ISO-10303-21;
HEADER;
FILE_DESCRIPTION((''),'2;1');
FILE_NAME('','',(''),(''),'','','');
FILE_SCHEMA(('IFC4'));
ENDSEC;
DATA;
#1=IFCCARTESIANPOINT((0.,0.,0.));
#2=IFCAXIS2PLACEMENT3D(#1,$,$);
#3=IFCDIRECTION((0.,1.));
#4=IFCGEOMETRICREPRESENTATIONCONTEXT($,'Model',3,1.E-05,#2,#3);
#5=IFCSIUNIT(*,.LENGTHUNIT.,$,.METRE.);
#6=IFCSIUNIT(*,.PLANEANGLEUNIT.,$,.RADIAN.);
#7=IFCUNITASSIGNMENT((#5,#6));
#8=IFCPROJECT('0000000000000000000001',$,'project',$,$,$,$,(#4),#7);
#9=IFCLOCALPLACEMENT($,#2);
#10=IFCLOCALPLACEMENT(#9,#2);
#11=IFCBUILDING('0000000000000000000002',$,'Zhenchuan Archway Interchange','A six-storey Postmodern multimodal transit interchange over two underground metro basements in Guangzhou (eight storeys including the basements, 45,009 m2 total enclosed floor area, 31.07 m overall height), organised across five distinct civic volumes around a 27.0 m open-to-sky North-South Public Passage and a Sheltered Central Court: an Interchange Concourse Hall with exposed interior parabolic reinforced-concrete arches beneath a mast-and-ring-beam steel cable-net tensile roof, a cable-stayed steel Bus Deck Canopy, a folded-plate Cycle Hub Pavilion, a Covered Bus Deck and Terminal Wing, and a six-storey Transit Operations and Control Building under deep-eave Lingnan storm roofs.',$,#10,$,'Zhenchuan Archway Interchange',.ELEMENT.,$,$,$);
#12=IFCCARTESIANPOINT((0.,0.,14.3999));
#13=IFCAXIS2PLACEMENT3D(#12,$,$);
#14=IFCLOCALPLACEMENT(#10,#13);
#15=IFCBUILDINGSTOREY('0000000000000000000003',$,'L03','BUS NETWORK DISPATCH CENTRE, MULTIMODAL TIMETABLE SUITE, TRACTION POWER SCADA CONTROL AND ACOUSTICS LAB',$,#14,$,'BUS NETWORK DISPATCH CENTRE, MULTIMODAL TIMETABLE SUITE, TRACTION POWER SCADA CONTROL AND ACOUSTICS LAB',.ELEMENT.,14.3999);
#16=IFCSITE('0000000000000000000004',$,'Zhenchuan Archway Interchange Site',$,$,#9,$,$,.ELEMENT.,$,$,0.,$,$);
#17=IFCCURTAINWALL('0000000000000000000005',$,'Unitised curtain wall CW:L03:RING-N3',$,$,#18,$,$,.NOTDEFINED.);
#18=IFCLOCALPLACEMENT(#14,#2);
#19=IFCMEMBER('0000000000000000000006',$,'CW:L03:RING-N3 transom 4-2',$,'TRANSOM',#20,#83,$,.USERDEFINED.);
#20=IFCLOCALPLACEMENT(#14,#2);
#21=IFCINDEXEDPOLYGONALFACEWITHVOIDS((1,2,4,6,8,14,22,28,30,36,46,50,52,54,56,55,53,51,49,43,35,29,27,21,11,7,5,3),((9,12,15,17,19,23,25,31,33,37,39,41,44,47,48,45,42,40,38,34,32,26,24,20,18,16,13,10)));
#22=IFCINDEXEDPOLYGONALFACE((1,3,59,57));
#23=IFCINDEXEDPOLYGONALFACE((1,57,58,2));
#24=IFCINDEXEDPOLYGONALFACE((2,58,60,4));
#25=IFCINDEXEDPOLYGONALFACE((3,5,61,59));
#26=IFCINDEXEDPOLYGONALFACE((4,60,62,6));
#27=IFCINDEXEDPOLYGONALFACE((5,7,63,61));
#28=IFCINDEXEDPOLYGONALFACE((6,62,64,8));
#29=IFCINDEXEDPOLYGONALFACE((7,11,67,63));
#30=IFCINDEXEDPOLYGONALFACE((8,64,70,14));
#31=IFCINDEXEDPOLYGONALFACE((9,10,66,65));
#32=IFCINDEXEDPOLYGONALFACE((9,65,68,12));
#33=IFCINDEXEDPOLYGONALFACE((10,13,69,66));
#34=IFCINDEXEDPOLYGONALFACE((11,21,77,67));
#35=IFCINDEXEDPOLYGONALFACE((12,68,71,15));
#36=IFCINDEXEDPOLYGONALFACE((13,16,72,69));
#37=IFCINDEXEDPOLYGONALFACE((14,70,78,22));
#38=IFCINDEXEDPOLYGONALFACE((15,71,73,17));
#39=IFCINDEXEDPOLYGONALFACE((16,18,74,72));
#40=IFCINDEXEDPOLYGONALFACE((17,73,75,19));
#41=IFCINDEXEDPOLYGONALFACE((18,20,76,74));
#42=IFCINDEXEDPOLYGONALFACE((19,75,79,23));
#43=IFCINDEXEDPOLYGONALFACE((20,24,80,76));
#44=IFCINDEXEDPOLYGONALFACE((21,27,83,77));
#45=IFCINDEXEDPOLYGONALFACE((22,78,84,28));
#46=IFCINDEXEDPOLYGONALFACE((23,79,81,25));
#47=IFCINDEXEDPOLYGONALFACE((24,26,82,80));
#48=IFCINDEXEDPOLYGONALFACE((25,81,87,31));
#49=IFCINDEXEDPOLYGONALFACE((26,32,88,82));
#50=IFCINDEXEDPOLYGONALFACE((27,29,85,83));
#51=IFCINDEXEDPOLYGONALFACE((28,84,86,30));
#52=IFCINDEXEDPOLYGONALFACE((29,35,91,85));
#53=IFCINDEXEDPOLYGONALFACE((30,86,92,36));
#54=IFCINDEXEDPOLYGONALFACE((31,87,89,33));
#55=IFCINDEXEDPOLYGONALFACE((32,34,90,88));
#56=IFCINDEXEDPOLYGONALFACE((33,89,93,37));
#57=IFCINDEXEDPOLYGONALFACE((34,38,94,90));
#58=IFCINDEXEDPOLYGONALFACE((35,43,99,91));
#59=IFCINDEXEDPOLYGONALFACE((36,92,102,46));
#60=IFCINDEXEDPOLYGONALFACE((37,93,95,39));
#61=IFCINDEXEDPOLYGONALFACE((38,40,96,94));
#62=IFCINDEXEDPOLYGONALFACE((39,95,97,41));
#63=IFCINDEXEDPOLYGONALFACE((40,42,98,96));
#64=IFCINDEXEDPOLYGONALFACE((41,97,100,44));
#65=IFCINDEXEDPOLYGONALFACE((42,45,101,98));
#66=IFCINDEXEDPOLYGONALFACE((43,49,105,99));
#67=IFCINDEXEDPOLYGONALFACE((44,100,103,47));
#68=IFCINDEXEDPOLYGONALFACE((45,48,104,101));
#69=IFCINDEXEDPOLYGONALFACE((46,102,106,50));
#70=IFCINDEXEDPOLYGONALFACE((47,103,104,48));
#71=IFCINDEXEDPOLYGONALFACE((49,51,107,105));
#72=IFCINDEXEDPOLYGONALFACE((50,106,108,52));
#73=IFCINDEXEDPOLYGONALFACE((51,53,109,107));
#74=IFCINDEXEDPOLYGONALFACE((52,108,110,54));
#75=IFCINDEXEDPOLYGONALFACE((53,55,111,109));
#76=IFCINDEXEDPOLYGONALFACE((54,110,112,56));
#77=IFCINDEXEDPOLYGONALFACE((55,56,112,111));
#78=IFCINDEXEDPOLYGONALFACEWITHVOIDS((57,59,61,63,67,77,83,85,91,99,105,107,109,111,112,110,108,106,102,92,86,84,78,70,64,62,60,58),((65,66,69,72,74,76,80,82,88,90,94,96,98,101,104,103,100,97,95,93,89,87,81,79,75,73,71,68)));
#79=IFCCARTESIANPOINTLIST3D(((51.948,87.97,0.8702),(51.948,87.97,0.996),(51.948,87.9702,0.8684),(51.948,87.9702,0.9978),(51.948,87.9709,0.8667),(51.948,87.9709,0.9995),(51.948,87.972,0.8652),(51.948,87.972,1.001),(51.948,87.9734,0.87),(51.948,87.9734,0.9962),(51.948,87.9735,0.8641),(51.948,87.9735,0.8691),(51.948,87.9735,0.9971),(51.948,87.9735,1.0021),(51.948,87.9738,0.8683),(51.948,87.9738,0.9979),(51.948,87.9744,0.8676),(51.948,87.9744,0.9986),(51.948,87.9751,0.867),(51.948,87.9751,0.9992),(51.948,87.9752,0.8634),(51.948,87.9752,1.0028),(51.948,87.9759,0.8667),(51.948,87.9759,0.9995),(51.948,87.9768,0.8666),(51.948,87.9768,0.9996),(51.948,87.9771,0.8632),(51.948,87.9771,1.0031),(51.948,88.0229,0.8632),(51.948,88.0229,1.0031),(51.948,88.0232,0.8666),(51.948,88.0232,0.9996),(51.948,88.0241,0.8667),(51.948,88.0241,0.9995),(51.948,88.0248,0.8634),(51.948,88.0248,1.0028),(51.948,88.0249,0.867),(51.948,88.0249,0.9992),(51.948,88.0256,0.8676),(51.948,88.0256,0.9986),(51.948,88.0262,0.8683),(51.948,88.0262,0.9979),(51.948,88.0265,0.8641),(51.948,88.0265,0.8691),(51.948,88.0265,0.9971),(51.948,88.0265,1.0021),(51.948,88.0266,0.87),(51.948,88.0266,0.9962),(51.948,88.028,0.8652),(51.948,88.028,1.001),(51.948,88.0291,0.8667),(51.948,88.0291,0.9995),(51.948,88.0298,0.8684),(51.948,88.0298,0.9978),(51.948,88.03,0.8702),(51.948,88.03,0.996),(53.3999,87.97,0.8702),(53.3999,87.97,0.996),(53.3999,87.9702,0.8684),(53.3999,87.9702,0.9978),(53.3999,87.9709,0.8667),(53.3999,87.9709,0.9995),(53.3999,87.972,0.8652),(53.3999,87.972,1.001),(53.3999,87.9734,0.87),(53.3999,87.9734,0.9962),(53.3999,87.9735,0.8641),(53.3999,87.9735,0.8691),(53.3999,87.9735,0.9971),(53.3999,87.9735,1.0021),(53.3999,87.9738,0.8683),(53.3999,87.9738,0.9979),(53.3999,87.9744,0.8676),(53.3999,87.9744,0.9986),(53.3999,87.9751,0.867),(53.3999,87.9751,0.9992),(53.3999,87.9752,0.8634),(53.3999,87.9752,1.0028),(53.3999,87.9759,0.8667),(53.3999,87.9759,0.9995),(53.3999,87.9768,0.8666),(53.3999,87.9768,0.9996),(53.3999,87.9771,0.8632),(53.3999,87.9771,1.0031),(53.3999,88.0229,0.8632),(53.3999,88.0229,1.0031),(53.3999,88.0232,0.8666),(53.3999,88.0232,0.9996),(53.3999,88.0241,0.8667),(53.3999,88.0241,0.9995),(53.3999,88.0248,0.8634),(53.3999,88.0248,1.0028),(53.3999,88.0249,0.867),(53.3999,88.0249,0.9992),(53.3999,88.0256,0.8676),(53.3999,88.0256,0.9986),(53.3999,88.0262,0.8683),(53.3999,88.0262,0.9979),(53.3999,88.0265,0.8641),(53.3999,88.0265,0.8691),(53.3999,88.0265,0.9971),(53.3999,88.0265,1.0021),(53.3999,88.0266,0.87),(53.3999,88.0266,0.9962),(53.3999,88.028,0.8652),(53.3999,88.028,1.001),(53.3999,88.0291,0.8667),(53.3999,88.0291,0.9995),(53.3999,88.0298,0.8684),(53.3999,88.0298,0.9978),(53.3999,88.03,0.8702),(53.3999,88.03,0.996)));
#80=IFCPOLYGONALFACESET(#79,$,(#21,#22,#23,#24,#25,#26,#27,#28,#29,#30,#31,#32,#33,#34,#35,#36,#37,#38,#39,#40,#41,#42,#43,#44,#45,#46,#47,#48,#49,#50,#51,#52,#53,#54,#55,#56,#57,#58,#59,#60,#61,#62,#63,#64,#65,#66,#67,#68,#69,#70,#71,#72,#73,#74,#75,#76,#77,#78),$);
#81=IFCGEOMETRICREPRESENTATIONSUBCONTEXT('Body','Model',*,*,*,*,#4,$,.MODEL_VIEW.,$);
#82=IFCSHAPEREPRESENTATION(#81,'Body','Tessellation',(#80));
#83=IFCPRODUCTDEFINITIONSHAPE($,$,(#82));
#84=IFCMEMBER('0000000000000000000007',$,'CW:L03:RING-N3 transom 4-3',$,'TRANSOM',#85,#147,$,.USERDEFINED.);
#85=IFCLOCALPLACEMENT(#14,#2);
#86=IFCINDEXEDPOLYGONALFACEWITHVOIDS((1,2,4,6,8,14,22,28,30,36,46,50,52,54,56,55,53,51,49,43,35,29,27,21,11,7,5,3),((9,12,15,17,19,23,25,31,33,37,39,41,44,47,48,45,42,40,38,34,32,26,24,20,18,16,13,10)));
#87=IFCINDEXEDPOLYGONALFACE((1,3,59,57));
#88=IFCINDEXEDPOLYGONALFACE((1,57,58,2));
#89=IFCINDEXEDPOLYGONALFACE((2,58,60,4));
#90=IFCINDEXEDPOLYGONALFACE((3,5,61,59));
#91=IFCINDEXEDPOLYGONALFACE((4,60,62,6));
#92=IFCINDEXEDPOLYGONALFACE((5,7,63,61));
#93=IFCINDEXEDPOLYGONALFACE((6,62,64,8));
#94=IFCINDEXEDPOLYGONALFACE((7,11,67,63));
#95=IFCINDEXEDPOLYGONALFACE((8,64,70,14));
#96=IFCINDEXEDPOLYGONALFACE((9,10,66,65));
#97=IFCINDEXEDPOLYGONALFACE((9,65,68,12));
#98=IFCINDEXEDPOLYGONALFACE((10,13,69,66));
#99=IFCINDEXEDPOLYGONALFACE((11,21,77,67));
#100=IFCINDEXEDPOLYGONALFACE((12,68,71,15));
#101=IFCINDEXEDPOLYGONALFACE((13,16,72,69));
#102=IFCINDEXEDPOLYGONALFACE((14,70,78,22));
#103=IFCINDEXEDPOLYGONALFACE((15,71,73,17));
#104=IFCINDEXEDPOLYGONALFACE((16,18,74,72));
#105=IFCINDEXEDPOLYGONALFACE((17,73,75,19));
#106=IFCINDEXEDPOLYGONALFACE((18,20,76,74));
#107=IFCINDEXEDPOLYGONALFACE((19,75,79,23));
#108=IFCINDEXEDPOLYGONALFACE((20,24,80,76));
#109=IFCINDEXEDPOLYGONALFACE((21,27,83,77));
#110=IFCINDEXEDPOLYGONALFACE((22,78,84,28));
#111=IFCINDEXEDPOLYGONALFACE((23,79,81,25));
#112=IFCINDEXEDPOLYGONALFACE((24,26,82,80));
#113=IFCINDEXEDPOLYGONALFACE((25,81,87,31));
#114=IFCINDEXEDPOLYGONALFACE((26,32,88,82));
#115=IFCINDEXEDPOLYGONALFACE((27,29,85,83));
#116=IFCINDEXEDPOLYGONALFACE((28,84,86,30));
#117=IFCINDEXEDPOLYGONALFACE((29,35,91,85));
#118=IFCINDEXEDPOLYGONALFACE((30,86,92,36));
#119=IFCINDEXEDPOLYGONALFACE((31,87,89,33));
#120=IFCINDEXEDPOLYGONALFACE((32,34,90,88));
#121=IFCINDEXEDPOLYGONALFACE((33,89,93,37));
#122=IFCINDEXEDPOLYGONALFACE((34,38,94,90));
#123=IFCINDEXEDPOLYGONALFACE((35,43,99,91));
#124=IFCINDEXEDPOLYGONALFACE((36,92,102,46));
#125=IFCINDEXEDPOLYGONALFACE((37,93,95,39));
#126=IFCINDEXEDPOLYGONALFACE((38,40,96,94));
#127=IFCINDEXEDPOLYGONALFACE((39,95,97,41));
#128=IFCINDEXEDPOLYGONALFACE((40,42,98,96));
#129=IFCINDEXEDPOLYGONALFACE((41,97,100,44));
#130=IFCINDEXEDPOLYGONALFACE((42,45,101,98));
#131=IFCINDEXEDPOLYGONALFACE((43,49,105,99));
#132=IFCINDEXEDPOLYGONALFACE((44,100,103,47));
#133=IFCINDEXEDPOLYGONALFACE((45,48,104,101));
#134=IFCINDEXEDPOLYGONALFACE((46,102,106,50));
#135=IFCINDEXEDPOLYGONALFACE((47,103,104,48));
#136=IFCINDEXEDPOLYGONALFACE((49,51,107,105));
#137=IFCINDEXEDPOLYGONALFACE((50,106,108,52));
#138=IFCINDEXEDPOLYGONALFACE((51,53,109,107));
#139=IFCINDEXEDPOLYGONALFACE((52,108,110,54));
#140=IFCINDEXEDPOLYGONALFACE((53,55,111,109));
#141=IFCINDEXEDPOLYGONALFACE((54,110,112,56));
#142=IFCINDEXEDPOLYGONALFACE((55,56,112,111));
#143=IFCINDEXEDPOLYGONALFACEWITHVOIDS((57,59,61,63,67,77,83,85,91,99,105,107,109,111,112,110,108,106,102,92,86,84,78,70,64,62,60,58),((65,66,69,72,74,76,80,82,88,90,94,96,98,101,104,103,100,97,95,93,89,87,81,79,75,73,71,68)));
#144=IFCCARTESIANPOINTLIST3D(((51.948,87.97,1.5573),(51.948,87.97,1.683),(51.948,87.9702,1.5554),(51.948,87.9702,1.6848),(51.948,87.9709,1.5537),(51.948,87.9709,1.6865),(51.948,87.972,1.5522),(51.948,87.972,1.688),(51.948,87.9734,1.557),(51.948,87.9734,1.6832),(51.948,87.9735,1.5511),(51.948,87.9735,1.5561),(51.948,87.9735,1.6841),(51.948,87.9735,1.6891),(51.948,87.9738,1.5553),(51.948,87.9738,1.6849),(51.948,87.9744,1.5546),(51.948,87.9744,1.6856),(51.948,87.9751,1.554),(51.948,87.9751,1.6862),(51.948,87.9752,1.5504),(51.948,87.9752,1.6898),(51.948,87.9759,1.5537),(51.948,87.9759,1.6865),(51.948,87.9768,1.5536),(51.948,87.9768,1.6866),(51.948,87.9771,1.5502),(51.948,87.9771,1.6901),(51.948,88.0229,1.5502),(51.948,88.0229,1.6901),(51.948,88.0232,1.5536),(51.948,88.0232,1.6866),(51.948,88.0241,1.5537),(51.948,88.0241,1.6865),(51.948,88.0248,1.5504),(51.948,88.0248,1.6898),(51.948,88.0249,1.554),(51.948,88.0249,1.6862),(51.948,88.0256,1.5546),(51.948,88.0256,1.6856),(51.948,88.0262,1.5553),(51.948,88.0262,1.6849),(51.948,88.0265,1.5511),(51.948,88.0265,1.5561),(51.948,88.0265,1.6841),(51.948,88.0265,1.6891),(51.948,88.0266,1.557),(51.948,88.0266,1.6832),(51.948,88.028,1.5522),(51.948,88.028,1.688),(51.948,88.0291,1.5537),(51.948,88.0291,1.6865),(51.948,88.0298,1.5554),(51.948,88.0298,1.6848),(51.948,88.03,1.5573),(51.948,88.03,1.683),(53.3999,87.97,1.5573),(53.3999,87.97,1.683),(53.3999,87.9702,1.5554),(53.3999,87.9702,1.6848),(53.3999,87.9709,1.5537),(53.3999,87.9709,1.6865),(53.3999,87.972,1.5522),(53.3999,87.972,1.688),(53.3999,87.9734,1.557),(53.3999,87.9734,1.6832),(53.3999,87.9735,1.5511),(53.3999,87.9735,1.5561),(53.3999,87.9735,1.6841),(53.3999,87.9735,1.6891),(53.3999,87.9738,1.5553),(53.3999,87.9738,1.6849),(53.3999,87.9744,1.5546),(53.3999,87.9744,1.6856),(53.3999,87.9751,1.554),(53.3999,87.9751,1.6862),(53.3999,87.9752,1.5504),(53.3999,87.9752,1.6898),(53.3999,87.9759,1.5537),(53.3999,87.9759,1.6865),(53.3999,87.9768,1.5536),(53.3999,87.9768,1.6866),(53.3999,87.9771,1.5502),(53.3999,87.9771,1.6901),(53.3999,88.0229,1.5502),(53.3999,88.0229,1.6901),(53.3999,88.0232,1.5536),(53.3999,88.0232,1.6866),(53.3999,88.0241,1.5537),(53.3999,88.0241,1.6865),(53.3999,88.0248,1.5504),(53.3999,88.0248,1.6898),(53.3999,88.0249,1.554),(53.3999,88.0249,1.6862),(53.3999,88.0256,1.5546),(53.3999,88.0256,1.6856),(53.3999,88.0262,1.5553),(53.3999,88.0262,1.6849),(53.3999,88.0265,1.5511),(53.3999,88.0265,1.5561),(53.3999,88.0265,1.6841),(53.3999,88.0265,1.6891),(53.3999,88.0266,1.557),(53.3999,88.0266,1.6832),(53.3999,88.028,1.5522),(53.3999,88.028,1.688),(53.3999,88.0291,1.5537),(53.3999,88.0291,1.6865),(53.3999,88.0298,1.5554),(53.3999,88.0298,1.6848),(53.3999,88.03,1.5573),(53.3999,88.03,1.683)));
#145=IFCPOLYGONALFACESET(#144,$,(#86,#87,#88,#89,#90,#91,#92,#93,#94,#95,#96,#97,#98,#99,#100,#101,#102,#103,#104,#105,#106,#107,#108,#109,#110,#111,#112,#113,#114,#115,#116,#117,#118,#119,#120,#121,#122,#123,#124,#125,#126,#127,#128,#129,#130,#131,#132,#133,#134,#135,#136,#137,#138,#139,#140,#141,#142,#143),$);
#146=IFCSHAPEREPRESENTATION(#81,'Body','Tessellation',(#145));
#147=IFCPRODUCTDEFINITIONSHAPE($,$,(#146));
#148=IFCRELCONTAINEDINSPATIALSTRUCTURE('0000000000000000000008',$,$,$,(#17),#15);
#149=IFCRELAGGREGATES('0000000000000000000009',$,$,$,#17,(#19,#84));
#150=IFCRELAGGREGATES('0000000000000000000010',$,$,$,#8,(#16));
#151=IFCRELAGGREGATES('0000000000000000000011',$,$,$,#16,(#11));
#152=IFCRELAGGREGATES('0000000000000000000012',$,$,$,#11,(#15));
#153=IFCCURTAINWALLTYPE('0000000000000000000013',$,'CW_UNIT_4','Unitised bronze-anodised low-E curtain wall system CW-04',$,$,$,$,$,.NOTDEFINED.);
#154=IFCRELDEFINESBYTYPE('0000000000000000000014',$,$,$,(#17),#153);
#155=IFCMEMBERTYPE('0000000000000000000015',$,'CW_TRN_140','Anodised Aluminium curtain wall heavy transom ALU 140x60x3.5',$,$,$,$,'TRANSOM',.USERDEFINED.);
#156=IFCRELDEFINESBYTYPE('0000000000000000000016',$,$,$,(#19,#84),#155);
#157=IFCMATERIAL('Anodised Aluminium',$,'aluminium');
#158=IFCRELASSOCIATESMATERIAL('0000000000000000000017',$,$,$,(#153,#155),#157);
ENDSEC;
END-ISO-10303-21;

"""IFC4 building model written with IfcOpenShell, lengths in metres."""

from ifc_helpers import new_model, si_unit, direction, frame, origin, origin_2d, place, context, subcontext, project, spatial, hollow_rectangle, extrude, material, material_profile, profile_set, type_object, element, aggregate, save


model = new_model("IFC4")

# Units and contexts
model_context = context("Model", 3, precision=1e-05, world=origin(), true_north=direction((0.0, 1.0)))
body_context = subcontext(model_context, "Body", "Model", "MODEL_VIEW")
ifc_project = project(units=[si_unit("LENGTHUNIT", "METRE"), si_unit("PLANEANGLEUNIT", "RADIAN")], contexts=[model_context])

# Site, building, storey
site_placement = place(None, origin())
site = spatial("IfcSite", under=ifc_project, at=site_placement, Name="Zhenchuan Archway Interchange Site", CompositionType="ELEMENT", RefElevation=0.0)
building_placement = place(site_placement, origin())
building = spatial("IfcBuilding", under=site, at=building_placement, Name="Zhenchuan Archway Interchange", Description="A six-storey Postmodern multimodal transit interchange over two underground metro basements in Guangzhou (eight storeys including the basements, 45,009 m2 total enclosed floor area, 31.07 m overall height), organised across five distinct civic volumes around a 27.0 m open-to-sky North-South Public Passage and a Sheltered Central Court: an Interchange Concourse Hall with exposed interior parabolic reinforced-concrete arches beneath a mast-and-ring-beam steel cable-net tensile roof, a cable-stayed steel Bus Deck Canopy, a folded-plate Cycle Hub Pavilion, a Covered Bus Deck and Terminal Wing, and a six-storey Transit Operations and Control Building under deep-eave Lingnan storm roofs.", LongName="Zhenchuan Archway Interchange", CompositionType="ELEMENT")
storey_placement = place(building_placement, frame((0.0, 0.0, 14.3999)))
storey = spatial("IfcBuildingStorey", under=building, at=storey_placement, Name="L03", Description="BUS NETWORK DISPATCH CENTRE, MULTIMODAL TIMETABLE SUITE, TRACTION POWER SCADA CONTROL AND ACOUSTICS LAB", LongName="BUS NETWORK DISPATCH CENTRE, MULTIMODAL TIMETABLE SUITE, TRACTION POWER SCADA CONTROL AND ACOUSTICS LAB", CompositionType="ELEMENT", Elevation=14.3999)

# Curtain wall
ifc_material_1 = material(Name="Anodised Aluminium", Category="aluminium")
curtain_wall_type = type_object("IfcCurtainWallType", Name="CW_UNIT_4", Description="Unitised bronze-anodised low-E curtain wall system CW-04", PredefinedType="NOTDEFINED", material=ifc_material_1)
curtain_wall_1_placement = place(storey_placement, origin())
curtain_wall_1 = element("IfcCurtainWall", 1, at=curtain_wall_1_placement, inside=storey, type_object=curtain_wall_type, Name="Unitised curtain wall CW:L03:RING-N3", PredefinedType="NOTDEFINED")

# Members
ifc_material_profile_1 = material_profile(ifc_material_1, hollow_rectangle(XDim=0.0601, YDim=0.1399, WallThickness=0.0034, InnerFilletRadius=0.0034, OuterFilletRadius=0.0071, at=origin_2d()), Name="ALU 140x60x3.5")
ifc_profile_set_1 = profile_set([ifc_material_profile_1], Name="Anodised Aluminium")
member_type_1 = type_object("IfcMemberType", Name="CW_TRN_140", Description="Anodised Aluminium curtain wall heavy transom ALU 140x60x3.5", ElementType="TRANSOM", PredefinedType="USERDEFINED", material=ifc_profile_set_1)
member_1_placement = place(storey_placement, frame((51.948, 88.0, 0.9331), z_axis=(1.0, 0.0, 0.0), x_axis=(0.0, 1.0, 0.0)))
member_1 = element("IfcMember", 2, at=member_1_placement, type_object=member_type_1, Name="CW:L03:RING-N3 transom 4-2", ObjectType="TRANSOM", PredefinedType="USERDEFINED", context=body_context, shape_type="SweptSolid", body=[
    extrude(hollow_rectangle(XDim=0.0601, YDim=0.1399, WallThickness=0.0034, InnerFilletRadius=0.0034, OuterFilletRadius=0.0071, at=origin_2d()), origin(), (0.0, 0.0, 1.0), 1.4519),
])
member_2_placement = place(storey_placement, frame((51.948, 88.0, 1.6201), z_axis=(1.0, 0.0, 0.0), x_axis=(0.0, 1.0, 0.0)))
member_2 = element("IfcMember", 3, at=member_2_placement, type_object=member_type_1, Name="CW:L03:RING-N3 transom 4-3", ObjectType="TRANSOM", PredefinedType="USERDEFINED", context=body_context, shape_type="SweptSolid", body=[
    extrude(hollow_rectangle(XDim=0.0601, YDim=0.1399, WallThickness=0.0034, InnerFilletRadius=0.0034, OuterFilletRadius=0.0071, at=origin_2d()), origin(), (0.0, 0.0, 1.0), 1.4519),
])

aggregate(curtain_wall_1, [member_1, member_2])

save(model, "model.ifc")
